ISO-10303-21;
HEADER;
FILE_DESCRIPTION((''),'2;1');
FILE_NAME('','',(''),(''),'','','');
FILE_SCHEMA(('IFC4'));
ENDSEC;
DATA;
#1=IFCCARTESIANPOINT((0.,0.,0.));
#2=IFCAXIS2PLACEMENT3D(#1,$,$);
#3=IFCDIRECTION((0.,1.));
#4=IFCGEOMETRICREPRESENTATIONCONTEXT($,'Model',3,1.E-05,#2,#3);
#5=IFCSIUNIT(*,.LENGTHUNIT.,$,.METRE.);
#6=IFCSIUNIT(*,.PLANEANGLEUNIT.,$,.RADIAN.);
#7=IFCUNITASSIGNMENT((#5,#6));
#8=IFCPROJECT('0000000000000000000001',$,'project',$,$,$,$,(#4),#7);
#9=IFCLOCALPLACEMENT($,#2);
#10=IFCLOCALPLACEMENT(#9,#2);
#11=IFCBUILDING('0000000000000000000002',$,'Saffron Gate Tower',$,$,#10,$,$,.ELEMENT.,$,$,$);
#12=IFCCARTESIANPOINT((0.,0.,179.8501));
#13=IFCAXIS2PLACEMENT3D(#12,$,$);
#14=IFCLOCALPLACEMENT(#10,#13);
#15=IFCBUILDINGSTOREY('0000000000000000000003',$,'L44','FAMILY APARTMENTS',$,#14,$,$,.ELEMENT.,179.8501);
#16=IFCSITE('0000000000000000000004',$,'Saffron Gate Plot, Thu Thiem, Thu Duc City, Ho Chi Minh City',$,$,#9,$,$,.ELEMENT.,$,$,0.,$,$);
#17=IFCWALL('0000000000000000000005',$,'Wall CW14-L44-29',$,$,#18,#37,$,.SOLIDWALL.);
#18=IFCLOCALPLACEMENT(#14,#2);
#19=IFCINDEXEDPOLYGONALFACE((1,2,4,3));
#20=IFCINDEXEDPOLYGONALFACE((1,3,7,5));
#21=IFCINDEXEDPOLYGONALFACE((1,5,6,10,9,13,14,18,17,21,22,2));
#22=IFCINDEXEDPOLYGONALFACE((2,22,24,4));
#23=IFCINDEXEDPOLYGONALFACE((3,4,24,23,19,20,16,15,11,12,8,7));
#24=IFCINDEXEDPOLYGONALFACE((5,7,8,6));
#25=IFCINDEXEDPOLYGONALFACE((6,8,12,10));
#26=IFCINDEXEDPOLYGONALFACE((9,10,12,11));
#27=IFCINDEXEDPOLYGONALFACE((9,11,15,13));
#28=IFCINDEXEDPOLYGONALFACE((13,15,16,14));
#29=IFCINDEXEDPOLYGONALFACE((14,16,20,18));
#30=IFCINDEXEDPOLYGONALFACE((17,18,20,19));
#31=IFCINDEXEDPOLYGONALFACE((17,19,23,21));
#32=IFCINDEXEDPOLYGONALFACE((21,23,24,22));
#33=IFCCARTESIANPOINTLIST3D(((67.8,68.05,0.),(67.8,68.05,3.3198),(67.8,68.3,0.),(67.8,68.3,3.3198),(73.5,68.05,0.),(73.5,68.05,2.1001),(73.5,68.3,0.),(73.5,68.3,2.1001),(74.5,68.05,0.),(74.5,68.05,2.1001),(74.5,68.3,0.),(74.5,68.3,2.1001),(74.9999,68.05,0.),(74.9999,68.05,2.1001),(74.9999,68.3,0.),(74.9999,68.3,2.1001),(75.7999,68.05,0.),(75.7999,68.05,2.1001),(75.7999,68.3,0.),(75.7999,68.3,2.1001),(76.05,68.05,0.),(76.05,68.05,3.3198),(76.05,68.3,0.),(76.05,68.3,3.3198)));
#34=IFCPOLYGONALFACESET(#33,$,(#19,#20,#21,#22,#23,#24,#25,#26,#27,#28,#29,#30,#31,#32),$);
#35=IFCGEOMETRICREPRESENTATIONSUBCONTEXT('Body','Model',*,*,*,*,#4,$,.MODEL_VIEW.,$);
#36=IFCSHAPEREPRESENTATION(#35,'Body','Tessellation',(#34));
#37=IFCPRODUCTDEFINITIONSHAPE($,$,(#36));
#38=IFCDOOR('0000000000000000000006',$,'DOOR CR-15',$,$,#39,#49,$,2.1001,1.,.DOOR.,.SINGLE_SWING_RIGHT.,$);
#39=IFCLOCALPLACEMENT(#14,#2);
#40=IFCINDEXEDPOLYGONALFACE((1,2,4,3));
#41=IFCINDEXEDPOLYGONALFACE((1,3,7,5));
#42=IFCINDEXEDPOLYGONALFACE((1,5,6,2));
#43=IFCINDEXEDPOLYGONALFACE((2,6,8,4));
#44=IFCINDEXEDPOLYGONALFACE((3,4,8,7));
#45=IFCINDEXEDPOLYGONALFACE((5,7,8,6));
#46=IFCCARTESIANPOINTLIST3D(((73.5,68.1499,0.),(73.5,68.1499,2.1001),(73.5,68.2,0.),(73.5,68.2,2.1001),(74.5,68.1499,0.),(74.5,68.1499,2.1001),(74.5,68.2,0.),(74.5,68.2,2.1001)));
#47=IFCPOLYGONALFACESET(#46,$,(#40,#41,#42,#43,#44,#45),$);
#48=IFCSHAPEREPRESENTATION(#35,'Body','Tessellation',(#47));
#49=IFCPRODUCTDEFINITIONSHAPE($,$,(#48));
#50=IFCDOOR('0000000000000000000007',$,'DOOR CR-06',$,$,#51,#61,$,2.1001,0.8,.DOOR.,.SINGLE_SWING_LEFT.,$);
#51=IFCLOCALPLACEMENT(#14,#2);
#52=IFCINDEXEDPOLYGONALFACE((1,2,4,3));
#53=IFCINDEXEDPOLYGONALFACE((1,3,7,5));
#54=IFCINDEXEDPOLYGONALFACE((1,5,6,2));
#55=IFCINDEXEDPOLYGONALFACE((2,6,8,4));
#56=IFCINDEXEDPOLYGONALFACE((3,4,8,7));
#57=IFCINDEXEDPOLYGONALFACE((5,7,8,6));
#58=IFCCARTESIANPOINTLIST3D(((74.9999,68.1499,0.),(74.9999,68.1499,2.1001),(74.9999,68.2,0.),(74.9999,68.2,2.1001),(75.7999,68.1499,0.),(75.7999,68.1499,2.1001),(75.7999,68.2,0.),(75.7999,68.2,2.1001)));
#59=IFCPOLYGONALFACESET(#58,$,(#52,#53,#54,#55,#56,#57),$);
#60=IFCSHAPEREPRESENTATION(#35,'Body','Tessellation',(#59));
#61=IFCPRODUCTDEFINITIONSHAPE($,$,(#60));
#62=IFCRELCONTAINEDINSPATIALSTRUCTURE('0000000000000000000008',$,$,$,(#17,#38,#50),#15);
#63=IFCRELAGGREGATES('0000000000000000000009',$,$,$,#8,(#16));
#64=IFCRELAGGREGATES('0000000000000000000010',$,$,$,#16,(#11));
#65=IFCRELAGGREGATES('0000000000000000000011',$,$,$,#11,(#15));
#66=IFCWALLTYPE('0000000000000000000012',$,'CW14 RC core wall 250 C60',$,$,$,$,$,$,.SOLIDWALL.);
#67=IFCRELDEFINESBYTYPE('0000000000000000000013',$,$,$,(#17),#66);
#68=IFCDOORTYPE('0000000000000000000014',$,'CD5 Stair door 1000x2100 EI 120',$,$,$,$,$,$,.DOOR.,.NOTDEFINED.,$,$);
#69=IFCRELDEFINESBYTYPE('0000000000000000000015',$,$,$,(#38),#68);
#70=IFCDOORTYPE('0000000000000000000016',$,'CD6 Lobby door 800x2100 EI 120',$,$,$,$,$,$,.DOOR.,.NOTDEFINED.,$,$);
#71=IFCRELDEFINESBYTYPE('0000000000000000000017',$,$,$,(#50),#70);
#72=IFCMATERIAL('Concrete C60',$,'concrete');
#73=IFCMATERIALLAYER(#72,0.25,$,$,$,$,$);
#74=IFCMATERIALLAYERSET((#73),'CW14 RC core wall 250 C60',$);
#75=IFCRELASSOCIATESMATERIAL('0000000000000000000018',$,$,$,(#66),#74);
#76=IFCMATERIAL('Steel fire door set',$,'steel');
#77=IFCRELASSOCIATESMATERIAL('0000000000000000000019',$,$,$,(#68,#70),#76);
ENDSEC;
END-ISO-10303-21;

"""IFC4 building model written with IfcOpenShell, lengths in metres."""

from ifc_helpers import new_model, si_unit, direction, frame, frame_2d, origin, place, context, subcontext, project, spatial, rectangle, extrude, material, layer, layer_set, type_object, element, fill, save


model = new_model("IFC4")

# Units and contexts
model_context = context("Model", 3, precision=1e-05, world=origin(), true_north=direction((0.0, 1.0)))
body_context = subcontext(model_context, "Body", "Model", "MODEL_VIEW")
ifc_project = project(units=[si_unit("LENGTHUNIT", "METRE"), si_unit("PLANEANGLEUNIT", "RADIAN")], contexts=[model_context])

# Site, building, storey
site_placement = place(None, origin())
site = spatial("IfcSite", under=ifc_project, at=site_placement, Name="Saffron Gate Plot, Thu Thiem, Thu Duc City, Ho Chi Minh City", CompositionType="ELEMENT", RefElevation=0.0)
building_placement = place(site_placement, origin())
building = spatial("IfcBuilding", under=site, at=building_placement, Name="Saffron Gate Tower", CompositionType="ELEMENT")
storey_placement = place(building_placement, frame((0.0, 0.0, 179.8501)))
storey = spatial("IfcBuildingStorey", under=building, at=storey_placement, Name="L44", Description="FAMILY APARTMENTS", CompositionType="ELEMENT", Elevation=179.8501)

# Shared definitions
ifc_material_1 = material(Name="Concrete C60", Category="concrete")

# Wall, openings, doors
ifc_layer_1 = layer(ifc_material_1, 0.25)
ifc_layer_set_1 = layer_set([ifc_layer_1], Name="CW14 RC core wall 250 C60")
wall_type_1 = type_object("IfcWallType", Name="CW14 RC core wall 250 C60", PredefinedType="SOLIDWALL", material=ifc_layer_set_1)
wall_1_placement = place(storey_placement, frame((67.8, 68.175, 0.0), z_axis=(0.0, 0.0, 1.0), x_axis=(1.0, 0.0, 0.0)))
wall_1 = element("IfcWall", 1, at=wall_1_placement, inside=storey, type_object=wall_type_1, Name="Wall CW14-L44-29", PredefinedType="SOLIDWALL", context=body_context, shape_type="SweptSolid", body=[
    extrude(rectangle(XDim=8.25, YDim=0.25, at=frame_2d((4.125, 0.0))), origin(), (0.0, 0.0, 1.0), 3.3198),
])
opening_1_placement = place(wall_1_placement, frame((5.7, 0.0, 0.0)))
opening_1 = element("IfcOpeningElement", 2, at=opening_1_placement, cuts=wall_1, PredefinedType="OPENING", context=body_context, shape_type="SweptSolid", body=[
    extrude(rectangle(XDim=1.0, YDim=2.1001, at=frame_2d((0.5, 1.05))), frame((0.0, 0.135, 0.0), z_axis=(0.0, -1.0, 0.0), x_axis=(1.0, 0.0, 0.0)), (0.0, 0.0, 1.0), 0.27),
])
opening_2_placement = place(wall_1_placement, frame((7.2, 0.0, 0.0)))
opening_2 = element("IfcOpeningElement", 3, at=opening_2_placement, cuts=wall_1, PredefinedType="OPENING", context=body_context, shape_type="SweptSolid", body=[
    extrude(rectangle(XDim=0.8, YDim=2.1001, at=frame_2d((0.3999, 1.05))), frame((0.0, 0.135, 0.0), z_axis=(0.0, -1.0, 0.0), x_axis=(1.0, 0.0, 0.0)), (0.0, 0.0, 1.0), 0.27),
])
ifc_material_2 = material(Name="Steel fire door set", Category="steel")
door_type_1 = type_object("IfcDoorType", Name="CD5 Stair door 1000x2100 EI 120", OperationType="NOTDEFINED", PredefinedType="DOOR", material=ifc_material_2)
door_1_placement = place(opening_1_placement, origin())
door_1 = element("IfcDoor", 4, at=door_1_placement, inside=storey, type_object=door_type_1, Name="DOOR CR-15", OperationType="SINGLE_SWING_RIGHT", OverallHeight=2.1001, OverallWidth=1.0, PredefinedType="DOOR", context=body_context, shape_type="SweptSolid", body=[
    extrude(rectangle(XDim=1.0, YDim=2.1001, at=frame_2d((0.5, 1.05))), frame((0.0, 0.0249, 0.0), z_axis=(0.0, -1.0, 0.0), x_axis=(1.0, 0.0, 0.0)), (0.0, 0.0, 1.0), 0.05),
])
fill(opening_1, door_1)
door_type_2 = type_object("IfcDoorType", Name="CD6 Lobby door 800x2100 EI 120", OperationType="NOTDEFINED", PredefinedType="DOOR", material=ifc_material_2)
door_2_placement = place(opening_2_placement, origin())
door_2 = element("IfcDoor", 5, at=door_2_placement, inside=storey, type_object=door_type_2, Name="DOOR CR-06", OperationType="SINGLE_SWING_LEFT", OverallHeight=2.1001, OverallWidth=0.8, PredefinedType="DOOR", context=body_context, shape_type="SweptSolid", body=[
    extrude(rectangle(XDim=0.8, YDim=2.1001, at=frame_2d((0.3999, 1.05))), frame((0.0, 0.0249, 0.0), z_axis=(0.0, -1.0, 0.0), x_axis=(1.0, 0.0, 0.0)), (0.0, 0.0, 1.0), 0.05),
])
fill(opening_2, door_2)

save(model, "model.ifc")
